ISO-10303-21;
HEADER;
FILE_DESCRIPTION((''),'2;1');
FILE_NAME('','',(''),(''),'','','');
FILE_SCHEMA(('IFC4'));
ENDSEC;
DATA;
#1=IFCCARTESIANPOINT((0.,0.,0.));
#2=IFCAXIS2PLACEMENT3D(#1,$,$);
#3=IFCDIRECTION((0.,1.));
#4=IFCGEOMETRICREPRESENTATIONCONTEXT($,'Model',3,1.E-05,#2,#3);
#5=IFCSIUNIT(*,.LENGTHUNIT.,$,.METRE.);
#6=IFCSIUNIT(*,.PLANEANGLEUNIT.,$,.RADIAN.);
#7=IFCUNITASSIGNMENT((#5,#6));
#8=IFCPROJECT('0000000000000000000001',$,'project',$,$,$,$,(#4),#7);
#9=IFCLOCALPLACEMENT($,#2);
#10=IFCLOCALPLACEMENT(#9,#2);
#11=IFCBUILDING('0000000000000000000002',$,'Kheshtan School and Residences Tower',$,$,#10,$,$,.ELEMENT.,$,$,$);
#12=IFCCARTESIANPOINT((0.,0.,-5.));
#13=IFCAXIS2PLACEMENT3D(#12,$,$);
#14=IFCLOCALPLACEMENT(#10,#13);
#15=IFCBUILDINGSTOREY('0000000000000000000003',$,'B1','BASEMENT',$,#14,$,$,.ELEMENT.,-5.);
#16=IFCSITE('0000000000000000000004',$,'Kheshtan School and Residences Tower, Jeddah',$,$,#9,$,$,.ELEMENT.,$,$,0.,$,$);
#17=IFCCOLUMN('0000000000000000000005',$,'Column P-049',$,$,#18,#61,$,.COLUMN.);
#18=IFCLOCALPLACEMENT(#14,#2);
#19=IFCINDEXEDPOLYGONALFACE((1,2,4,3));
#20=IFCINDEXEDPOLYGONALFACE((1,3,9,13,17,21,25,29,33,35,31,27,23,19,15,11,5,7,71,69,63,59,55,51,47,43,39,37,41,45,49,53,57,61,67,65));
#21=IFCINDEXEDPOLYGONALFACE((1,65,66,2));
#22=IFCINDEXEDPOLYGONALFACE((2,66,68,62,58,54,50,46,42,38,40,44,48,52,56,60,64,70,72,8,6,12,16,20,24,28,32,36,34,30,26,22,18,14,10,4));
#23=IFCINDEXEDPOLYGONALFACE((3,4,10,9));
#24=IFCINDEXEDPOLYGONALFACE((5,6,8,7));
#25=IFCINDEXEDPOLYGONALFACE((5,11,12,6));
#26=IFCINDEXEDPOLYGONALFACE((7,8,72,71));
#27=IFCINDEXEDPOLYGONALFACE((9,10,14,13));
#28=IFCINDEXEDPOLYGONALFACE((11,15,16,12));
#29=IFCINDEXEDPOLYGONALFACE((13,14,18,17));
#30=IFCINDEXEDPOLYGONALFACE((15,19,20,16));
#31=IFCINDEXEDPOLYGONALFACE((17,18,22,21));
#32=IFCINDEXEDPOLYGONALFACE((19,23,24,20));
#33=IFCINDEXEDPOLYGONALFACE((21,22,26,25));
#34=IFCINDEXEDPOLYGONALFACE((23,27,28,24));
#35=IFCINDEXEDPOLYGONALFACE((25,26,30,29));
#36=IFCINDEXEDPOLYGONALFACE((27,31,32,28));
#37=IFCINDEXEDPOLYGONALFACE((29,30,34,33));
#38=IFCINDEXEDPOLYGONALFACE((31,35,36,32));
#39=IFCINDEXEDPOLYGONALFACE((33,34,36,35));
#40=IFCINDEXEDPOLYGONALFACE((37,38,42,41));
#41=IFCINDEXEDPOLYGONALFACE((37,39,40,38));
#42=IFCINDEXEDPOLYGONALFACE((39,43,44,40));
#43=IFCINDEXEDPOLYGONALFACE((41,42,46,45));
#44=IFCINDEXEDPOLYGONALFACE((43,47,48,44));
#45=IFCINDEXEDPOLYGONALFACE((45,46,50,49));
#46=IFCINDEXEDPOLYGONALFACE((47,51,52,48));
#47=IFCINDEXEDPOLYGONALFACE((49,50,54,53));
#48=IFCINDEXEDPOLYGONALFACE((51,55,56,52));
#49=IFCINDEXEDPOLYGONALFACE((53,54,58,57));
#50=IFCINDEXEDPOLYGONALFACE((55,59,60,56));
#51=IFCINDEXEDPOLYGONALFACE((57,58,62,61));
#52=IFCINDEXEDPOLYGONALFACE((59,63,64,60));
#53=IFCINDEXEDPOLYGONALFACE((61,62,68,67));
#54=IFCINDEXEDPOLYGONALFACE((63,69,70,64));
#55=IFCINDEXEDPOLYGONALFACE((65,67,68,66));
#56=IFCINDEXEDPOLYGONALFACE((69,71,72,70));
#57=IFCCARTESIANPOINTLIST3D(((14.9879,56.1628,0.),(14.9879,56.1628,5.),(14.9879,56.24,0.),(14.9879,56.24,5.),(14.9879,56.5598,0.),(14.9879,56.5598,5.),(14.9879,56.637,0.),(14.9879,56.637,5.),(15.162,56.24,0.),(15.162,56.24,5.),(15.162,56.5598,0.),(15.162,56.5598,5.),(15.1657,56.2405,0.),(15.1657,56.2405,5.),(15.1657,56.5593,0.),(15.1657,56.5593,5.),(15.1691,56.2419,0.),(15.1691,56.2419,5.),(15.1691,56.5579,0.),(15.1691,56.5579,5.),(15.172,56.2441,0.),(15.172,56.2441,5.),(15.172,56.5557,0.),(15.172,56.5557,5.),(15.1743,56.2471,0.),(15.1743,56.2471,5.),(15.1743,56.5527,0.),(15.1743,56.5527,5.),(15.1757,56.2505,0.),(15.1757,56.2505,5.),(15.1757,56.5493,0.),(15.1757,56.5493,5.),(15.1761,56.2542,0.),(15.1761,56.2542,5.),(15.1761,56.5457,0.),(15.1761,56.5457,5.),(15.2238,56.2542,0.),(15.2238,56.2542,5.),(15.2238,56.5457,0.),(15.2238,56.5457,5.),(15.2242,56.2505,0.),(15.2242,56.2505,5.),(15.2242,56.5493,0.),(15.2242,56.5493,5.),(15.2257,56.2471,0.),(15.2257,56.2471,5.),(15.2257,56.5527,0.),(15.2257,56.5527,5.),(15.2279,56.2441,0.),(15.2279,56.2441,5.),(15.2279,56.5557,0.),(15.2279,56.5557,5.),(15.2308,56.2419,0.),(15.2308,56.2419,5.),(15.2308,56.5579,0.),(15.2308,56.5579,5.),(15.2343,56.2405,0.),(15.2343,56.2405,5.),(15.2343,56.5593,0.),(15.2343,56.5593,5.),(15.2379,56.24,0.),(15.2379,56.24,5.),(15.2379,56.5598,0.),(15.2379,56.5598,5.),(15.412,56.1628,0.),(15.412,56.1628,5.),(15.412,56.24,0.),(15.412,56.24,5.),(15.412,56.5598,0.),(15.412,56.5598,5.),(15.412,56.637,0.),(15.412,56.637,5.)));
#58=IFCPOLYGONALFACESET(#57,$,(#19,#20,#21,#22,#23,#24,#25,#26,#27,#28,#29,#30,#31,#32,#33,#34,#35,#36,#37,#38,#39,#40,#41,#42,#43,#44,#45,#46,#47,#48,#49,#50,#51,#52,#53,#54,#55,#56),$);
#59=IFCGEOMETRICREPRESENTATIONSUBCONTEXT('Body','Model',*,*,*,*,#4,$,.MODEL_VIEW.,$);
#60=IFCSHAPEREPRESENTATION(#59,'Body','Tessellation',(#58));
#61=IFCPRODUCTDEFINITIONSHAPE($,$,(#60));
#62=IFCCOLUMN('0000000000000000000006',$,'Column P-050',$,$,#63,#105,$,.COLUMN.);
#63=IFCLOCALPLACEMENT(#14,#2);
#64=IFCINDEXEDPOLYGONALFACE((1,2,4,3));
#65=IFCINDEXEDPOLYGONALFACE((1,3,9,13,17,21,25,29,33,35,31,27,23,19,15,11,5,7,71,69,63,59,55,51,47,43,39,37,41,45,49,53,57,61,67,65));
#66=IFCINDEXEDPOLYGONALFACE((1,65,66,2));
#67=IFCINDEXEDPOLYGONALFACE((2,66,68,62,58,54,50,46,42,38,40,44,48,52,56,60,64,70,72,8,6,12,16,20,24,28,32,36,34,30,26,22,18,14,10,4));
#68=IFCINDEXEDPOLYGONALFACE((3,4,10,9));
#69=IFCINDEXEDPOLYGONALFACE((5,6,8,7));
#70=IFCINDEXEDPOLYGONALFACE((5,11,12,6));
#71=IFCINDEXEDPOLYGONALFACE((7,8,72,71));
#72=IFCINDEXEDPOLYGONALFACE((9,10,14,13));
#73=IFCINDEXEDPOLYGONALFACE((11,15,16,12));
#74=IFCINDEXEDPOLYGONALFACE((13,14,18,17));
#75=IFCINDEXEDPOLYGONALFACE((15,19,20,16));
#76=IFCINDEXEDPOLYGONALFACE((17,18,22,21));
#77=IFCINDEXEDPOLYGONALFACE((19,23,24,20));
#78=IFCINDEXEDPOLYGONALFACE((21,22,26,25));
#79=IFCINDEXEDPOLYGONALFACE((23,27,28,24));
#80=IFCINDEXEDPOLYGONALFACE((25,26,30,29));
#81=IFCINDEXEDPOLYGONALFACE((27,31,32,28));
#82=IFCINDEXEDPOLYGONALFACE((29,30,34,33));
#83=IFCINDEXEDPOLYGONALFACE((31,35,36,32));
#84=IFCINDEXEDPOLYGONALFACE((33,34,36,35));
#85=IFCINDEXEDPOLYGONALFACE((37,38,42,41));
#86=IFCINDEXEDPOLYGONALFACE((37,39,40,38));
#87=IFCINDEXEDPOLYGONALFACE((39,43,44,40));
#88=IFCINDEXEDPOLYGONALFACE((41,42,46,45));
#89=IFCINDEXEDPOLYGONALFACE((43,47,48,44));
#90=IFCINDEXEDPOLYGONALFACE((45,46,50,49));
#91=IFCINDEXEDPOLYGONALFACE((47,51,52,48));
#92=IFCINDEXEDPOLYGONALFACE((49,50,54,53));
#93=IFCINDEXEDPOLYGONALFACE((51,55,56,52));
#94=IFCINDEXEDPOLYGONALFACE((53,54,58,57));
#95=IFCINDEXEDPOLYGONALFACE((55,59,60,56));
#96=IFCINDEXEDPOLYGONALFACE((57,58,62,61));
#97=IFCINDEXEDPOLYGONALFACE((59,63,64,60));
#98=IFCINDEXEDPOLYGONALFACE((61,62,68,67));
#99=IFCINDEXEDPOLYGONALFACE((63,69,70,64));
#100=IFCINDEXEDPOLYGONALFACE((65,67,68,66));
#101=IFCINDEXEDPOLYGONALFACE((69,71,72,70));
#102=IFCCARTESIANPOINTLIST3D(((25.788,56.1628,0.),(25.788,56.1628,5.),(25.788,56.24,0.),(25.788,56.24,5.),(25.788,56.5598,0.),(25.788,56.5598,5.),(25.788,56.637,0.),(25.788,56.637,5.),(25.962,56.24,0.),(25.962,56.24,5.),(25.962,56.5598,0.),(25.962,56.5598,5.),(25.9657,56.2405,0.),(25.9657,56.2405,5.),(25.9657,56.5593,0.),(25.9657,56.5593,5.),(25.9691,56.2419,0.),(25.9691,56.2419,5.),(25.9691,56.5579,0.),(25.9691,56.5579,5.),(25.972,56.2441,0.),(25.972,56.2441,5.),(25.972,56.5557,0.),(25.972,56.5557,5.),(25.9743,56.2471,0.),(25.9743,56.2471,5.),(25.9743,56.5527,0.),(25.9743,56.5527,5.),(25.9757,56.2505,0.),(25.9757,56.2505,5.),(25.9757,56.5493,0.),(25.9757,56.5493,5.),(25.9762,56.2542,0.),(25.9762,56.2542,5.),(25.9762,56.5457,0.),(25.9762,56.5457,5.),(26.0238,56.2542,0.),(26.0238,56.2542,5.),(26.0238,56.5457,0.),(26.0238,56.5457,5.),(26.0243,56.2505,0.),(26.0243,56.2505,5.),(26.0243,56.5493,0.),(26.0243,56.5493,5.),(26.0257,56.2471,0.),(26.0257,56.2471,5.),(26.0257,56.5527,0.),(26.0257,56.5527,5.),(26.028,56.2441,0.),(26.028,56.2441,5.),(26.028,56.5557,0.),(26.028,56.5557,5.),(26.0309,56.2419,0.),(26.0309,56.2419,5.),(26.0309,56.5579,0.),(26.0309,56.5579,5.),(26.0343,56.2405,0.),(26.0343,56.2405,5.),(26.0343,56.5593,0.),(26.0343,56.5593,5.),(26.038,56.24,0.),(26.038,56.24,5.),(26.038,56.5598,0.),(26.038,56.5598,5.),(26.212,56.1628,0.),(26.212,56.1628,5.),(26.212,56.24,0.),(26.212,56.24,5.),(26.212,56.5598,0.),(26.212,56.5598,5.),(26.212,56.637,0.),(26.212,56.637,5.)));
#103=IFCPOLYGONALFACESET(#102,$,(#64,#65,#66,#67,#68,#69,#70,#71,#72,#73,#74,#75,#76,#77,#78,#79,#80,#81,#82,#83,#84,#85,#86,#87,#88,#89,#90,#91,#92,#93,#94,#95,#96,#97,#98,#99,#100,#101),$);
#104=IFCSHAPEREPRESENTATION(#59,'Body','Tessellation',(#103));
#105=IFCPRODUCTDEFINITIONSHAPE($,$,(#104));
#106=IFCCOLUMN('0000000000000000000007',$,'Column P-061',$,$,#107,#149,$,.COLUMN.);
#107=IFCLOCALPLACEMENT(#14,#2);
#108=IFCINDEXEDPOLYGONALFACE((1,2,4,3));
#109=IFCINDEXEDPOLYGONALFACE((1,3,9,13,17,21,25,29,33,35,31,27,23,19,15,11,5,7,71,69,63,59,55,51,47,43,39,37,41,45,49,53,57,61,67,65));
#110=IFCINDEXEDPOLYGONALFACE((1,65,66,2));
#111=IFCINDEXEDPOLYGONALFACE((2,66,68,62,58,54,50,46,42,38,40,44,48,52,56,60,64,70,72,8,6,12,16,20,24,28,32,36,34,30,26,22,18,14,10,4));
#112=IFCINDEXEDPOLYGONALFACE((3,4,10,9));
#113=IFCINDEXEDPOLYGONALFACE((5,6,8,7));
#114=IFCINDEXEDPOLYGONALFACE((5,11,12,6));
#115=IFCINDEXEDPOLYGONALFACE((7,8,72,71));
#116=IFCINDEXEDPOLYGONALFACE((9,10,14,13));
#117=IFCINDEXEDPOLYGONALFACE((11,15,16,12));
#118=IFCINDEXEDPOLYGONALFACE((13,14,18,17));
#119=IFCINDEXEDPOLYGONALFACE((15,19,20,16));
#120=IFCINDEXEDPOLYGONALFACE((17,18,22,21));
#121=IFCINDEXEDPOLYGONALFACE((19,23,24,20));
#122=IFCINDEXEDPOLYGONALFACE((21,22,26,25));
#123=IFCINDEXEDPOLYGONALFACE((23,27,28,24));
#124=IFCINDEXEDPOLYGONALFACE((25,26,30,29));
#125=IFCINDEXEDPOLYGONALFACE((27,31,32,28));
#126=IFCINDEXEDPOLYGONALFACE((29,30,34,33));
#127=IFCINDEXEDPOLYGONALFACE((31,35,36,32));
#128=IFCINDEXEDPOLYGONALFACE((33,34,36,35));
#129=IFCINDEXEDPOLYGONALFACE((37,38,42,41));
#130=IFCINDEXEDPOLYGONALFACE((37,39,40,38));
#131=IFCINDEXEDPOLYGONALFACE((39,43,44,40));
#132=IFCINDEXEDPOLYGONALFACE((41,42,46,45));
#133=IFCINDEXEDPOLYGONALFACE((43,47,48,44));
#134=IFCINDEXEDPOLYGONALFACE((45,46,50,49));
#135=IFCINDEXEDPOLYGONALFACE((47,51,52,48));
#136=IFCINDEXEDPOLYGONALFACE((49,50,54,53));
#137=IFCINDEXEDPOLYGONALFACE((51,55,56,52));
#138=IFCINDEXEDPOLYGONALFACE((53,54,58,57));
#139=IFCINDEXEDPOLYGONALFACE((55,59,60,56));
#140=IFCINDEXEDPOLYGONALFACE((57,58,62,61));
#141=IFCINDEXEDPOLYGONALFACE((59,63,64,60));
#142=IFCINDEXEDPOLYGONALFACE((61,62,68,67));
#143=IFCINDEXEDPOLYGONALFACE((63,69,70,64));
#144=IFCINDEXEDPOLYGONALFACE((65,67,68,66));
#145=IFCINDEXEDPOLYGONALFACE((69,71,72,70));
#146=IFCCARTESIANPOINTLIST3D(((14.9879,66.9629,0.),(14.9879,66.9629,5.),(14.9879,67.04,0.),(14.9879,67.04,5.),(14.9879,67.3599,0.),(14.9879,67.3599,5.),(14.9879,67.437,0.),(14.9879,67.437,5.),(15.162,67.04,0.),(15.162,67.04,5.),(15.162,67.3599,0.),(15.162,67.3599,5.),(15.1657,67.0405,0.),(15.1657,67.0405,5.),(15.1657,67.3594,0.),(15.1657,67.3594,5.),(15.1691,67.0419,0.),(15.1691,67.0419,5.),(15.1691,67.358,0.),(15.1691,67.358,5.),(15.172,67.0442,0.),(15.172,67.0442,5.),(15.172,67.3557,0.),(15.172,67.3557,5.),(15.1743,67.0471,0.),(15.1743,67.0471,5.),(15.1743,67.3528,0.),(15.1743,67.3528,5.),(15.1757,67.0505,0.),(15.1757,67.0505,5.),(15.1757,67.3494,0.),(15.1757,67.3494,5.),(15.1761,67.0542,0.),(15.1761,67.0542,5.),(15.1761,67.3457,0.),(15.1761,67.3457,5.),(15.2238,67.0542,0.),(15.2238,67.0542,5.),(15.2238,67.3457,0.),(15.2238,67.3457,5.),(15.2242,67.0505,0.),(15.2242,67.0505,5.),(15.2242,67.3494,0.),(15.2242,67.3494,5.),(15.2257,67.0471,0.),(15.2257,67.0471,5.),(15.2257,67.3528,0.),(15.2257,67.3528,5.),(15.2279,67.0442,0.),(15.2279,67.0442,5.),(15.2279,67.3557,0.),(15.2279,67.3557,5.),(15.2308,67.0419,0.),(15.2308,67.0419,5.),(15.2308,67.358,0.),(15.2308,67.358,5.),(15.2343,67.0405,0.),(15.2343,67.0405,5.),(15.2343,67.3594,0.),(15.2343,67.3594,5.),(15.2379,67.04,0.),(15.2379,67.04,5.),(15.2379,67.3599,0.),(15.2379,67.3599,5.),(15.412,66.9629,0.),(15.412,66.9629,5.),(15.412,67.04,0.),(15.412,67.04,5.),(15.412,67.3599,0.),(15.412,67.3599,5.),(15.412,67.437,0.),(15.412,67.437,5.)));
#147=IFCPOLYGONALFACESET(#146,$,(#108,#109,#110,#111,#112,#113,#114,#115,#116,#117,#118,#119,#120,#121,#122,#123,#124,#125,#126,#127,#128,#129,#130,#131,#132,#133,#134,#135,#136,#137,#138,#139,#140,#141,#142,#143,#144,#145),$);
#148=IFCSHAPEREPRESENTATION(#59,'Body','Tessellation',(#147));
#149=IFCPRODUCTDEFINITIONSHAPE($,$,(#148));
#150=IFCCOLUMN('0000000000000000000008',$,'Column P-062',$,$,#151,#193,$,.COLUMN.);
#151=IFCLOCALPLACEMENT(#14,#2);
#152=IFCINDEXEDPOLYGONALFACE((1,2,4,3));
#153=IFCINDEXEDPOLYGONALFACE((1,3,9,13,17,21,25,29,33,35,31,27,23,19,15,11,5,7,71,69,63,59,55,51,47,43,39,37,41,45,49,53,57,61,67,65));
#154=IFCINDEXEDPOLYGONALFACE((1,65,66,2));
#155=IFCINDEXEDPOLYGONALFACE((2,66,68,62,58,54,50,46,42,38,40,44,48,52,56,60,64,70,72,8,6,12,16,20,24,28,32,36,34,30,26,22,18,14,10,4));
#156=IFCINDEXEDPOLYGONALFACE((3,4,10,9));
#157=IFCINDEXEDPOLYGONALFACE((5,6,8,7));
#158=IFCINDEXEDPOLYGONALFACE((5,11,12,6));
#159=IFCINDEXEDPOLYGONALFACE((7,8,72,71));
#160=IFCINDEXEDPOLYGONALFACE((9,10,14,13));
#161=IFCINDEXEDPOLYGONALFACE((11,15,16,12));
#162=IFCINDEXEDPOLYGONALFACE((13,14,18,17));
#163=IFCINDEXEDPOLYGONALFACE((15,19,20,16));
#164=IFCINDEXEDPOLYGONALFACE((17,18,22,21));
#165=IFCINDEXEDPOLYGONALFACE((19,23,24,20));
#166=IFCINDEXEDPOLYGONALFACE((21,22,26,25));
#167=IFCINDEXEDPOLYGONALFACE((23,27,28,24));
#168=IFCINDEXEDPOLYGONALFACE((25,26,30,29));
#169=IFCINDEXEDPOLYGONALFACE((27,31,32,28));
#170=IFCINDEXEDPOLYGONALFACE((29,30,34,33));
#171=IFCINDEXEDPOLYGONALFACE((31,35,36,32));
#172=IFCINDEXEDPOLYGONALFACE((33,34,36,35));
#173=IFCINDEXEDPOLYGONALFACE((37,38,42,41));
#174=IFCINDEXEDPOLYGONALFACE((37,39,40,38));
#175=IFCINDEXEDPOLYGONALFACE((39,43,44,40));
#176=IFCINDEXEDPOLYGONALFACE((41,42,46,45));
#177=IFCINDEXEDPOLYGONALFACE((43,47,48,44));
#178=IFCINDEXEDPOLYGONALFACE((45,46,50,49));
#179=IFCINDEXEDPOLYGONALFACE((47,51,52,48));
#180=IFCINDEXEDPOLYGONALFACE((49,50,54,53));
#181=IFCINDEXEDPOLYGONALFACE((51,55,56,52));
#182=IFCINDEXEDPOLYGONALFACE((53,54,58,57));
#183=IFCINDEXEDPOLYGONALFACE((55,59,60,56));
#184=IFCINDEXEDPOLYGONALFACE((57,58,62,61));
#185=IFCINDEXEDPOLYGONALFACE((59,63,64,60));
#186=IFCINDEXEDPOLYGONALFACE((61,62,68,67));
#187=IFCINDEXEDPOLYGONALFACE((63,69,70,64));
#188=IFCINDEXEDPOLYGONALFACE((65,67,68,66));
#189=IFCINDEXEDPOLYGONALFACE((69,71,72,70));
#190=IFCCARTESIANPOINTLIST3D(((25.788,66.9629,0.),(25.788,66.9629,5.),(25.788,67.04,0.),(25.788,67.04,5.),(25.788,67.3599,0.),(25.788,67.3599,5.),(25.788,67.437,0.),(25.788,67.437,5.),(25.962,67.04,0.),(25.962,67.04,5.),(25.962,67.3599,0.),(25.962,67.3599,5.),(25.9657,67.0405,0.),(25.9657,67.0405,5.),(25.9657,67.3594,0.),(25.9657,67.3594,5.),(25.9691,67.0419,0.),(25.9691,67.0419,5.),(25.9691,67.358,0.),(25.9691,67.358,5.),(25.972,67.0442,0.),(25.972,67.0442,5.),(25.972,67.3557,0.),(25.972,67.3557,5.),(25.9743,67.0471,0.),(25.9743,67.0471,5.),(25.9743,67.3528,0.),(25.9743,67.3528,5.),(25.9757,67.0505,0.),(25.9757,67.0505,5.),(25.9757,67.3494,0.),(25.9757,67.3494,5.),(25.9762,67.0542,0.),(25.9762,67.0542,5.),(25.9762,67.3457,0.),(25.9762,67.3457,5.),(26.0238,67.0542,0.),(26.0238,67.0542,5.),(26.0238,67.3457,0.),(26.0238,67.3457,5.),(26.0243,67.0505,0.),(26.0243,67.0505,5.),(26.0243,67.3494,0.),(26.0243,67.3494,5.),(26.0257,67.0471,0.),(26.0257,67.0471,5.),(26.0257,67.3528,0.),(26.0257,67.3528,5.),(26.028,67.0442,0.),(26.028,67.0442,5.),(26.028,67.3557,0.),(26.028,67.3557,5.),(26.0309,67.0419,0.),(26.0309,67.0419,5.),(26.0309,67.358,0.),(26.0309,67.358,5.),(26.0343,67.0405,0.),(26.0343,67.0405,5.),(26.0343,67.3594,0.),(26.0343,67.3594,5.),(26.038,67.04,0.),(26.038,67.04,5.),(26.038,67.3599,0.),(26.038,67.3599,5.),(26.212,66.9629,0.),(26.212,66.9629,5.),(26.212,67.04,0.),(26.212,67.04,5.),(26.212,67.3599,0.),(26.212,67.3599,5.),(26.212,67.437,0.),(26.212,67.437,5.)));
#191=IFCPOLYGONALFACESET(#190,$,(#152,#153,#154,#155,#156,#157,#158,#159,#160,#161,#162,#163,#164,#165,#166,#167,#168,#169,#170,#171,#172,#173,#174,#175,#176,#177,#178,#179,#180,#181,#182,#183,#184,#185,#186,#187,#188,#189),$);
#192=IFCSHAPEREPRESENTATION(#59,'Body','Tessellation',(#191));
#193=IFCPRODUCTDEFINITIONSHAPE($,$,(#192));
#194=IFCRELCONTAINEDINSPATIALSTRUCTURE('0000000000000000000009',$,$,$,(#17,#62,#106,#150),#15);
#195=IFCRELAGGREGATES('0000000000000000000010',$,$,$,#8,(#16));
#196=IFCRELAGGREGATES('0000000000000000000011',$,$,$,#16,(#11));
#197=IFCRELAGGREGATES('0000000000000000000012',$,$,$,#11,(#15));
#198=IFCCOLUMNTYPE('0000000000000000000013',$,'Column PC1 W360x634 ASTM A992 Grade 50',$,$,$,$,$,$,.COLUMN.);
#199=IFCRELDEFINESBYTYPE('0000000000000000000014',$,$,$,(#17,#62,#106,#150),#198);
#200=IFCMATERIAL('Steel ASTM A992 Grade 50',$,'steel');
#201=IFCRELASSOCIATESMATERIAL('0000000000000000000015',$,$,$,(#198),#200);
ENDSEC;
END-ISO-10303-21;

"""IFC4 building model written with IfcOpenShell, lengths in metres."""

from ifc_helpers import new_model, si_unit, direction, frame, origin, origin_2d, place, context, subcontext, project, spatial, i_section, extrude, material, material_profile, profile_set, type_object, element, save


model = new_model("IFC4")

# Units and contexts
model_context = context("Model", 3, precision=1e-05, world=origin(), true_north=direction((0.0, 1.0)))
body_context = subcontext(model_context, "Body", "Model", "MODEL_VIEW")
ifc_project = project(units=[si_unit("LENGTHUNIT", "METRE"), si_unit("PLANEANGLEUNIT", "RADIAN")], contexts=[model_context])

# Site, building, storey
site_placement = place(None, origin())
site = spatial("IfcSite", under=ifc_project, at=site_placement, Name="Kheshtan School and Residences Tower, Jeddah", CompositionType="ELEMENT", RefElevation=0.0)
building_placement = place(site_placement, origin())
building = spatial("IfcBuilding", under=site, at=building_placement, Name="Kheshtan School and Residences Tower", CompositionType="ELEMENT")
storey_placement = place(building_placement, frame((0.0, 0.0, -5.0)))
storey = spatial("IfcBuildingStorey", under=building, at=storey_placement, Name="B1", Description="BASEMENT", CompositionType="ELEMENT", Elevation=-5.0)

# Columns
ifc_material_1 = material(Name="Steel ASTM A992 Grade 50", Category="steel")
ifc_material_profile = material_profile(ifc_material_1, i_section(OverallWidth=0.4241, OverallDepth=0.4741, WebThickness=0.0476, FlangeThickness=0.0771, FilletRadius=0.0142, at=origin_2d()), Name="W360x634")
ifc_profile_set = profile_set([ifc_material_profile], Name="Steel ASTM A992 Grade 50")
column_type = type_object("IfcColumnType", Name="Column PC1 W360x634 ASTM A992 Grade 50", PredefinedType="COLUMN", material=ifc_profile_set)
for number, where, z_axis, x_axis, name in (
    (1, (15.2, 56.3999, 0.0), (0.0, 0.0, 1.0), (1.0, 0.0, 0.0), "Column P-049"),
    (2, (26.0, 56.3999, 0.0), (0.0, 0.0, 1.0), (1.0, 0.0, 0.0), "Column P-050"),
    (3, (15.2, 67.2, 0.0), (0.0, 0.0, 1.0), (1.0, 0.0, 0.0), "Column P-061"),
    (4, (26.0, 67.2, 0.0), (0.0, 0.0, 1.0), (1.0, 0.0, 0.0), "Column P-062"),
):
    element("IfcColumn", number, at=place(storey_placement, frame(where, z_axis=z_axis, x_axis=x_axis)), inside=storey, type_object=column_type, Name=name, PredefinedType="COLUMN", context=body_context, shape_type="SweptSolid", body=[
        extrude(i_section(OverallWidth=0.4241, OverallDepth=0.4741, WebThickness=0.0476, FlangeThickness=0.0771, FilletRadius=0.0142, at=origin_2d()), origin(), (0.0, 0.0, 1.0), 5.0),
    ])

save(model, "model.ifc")
